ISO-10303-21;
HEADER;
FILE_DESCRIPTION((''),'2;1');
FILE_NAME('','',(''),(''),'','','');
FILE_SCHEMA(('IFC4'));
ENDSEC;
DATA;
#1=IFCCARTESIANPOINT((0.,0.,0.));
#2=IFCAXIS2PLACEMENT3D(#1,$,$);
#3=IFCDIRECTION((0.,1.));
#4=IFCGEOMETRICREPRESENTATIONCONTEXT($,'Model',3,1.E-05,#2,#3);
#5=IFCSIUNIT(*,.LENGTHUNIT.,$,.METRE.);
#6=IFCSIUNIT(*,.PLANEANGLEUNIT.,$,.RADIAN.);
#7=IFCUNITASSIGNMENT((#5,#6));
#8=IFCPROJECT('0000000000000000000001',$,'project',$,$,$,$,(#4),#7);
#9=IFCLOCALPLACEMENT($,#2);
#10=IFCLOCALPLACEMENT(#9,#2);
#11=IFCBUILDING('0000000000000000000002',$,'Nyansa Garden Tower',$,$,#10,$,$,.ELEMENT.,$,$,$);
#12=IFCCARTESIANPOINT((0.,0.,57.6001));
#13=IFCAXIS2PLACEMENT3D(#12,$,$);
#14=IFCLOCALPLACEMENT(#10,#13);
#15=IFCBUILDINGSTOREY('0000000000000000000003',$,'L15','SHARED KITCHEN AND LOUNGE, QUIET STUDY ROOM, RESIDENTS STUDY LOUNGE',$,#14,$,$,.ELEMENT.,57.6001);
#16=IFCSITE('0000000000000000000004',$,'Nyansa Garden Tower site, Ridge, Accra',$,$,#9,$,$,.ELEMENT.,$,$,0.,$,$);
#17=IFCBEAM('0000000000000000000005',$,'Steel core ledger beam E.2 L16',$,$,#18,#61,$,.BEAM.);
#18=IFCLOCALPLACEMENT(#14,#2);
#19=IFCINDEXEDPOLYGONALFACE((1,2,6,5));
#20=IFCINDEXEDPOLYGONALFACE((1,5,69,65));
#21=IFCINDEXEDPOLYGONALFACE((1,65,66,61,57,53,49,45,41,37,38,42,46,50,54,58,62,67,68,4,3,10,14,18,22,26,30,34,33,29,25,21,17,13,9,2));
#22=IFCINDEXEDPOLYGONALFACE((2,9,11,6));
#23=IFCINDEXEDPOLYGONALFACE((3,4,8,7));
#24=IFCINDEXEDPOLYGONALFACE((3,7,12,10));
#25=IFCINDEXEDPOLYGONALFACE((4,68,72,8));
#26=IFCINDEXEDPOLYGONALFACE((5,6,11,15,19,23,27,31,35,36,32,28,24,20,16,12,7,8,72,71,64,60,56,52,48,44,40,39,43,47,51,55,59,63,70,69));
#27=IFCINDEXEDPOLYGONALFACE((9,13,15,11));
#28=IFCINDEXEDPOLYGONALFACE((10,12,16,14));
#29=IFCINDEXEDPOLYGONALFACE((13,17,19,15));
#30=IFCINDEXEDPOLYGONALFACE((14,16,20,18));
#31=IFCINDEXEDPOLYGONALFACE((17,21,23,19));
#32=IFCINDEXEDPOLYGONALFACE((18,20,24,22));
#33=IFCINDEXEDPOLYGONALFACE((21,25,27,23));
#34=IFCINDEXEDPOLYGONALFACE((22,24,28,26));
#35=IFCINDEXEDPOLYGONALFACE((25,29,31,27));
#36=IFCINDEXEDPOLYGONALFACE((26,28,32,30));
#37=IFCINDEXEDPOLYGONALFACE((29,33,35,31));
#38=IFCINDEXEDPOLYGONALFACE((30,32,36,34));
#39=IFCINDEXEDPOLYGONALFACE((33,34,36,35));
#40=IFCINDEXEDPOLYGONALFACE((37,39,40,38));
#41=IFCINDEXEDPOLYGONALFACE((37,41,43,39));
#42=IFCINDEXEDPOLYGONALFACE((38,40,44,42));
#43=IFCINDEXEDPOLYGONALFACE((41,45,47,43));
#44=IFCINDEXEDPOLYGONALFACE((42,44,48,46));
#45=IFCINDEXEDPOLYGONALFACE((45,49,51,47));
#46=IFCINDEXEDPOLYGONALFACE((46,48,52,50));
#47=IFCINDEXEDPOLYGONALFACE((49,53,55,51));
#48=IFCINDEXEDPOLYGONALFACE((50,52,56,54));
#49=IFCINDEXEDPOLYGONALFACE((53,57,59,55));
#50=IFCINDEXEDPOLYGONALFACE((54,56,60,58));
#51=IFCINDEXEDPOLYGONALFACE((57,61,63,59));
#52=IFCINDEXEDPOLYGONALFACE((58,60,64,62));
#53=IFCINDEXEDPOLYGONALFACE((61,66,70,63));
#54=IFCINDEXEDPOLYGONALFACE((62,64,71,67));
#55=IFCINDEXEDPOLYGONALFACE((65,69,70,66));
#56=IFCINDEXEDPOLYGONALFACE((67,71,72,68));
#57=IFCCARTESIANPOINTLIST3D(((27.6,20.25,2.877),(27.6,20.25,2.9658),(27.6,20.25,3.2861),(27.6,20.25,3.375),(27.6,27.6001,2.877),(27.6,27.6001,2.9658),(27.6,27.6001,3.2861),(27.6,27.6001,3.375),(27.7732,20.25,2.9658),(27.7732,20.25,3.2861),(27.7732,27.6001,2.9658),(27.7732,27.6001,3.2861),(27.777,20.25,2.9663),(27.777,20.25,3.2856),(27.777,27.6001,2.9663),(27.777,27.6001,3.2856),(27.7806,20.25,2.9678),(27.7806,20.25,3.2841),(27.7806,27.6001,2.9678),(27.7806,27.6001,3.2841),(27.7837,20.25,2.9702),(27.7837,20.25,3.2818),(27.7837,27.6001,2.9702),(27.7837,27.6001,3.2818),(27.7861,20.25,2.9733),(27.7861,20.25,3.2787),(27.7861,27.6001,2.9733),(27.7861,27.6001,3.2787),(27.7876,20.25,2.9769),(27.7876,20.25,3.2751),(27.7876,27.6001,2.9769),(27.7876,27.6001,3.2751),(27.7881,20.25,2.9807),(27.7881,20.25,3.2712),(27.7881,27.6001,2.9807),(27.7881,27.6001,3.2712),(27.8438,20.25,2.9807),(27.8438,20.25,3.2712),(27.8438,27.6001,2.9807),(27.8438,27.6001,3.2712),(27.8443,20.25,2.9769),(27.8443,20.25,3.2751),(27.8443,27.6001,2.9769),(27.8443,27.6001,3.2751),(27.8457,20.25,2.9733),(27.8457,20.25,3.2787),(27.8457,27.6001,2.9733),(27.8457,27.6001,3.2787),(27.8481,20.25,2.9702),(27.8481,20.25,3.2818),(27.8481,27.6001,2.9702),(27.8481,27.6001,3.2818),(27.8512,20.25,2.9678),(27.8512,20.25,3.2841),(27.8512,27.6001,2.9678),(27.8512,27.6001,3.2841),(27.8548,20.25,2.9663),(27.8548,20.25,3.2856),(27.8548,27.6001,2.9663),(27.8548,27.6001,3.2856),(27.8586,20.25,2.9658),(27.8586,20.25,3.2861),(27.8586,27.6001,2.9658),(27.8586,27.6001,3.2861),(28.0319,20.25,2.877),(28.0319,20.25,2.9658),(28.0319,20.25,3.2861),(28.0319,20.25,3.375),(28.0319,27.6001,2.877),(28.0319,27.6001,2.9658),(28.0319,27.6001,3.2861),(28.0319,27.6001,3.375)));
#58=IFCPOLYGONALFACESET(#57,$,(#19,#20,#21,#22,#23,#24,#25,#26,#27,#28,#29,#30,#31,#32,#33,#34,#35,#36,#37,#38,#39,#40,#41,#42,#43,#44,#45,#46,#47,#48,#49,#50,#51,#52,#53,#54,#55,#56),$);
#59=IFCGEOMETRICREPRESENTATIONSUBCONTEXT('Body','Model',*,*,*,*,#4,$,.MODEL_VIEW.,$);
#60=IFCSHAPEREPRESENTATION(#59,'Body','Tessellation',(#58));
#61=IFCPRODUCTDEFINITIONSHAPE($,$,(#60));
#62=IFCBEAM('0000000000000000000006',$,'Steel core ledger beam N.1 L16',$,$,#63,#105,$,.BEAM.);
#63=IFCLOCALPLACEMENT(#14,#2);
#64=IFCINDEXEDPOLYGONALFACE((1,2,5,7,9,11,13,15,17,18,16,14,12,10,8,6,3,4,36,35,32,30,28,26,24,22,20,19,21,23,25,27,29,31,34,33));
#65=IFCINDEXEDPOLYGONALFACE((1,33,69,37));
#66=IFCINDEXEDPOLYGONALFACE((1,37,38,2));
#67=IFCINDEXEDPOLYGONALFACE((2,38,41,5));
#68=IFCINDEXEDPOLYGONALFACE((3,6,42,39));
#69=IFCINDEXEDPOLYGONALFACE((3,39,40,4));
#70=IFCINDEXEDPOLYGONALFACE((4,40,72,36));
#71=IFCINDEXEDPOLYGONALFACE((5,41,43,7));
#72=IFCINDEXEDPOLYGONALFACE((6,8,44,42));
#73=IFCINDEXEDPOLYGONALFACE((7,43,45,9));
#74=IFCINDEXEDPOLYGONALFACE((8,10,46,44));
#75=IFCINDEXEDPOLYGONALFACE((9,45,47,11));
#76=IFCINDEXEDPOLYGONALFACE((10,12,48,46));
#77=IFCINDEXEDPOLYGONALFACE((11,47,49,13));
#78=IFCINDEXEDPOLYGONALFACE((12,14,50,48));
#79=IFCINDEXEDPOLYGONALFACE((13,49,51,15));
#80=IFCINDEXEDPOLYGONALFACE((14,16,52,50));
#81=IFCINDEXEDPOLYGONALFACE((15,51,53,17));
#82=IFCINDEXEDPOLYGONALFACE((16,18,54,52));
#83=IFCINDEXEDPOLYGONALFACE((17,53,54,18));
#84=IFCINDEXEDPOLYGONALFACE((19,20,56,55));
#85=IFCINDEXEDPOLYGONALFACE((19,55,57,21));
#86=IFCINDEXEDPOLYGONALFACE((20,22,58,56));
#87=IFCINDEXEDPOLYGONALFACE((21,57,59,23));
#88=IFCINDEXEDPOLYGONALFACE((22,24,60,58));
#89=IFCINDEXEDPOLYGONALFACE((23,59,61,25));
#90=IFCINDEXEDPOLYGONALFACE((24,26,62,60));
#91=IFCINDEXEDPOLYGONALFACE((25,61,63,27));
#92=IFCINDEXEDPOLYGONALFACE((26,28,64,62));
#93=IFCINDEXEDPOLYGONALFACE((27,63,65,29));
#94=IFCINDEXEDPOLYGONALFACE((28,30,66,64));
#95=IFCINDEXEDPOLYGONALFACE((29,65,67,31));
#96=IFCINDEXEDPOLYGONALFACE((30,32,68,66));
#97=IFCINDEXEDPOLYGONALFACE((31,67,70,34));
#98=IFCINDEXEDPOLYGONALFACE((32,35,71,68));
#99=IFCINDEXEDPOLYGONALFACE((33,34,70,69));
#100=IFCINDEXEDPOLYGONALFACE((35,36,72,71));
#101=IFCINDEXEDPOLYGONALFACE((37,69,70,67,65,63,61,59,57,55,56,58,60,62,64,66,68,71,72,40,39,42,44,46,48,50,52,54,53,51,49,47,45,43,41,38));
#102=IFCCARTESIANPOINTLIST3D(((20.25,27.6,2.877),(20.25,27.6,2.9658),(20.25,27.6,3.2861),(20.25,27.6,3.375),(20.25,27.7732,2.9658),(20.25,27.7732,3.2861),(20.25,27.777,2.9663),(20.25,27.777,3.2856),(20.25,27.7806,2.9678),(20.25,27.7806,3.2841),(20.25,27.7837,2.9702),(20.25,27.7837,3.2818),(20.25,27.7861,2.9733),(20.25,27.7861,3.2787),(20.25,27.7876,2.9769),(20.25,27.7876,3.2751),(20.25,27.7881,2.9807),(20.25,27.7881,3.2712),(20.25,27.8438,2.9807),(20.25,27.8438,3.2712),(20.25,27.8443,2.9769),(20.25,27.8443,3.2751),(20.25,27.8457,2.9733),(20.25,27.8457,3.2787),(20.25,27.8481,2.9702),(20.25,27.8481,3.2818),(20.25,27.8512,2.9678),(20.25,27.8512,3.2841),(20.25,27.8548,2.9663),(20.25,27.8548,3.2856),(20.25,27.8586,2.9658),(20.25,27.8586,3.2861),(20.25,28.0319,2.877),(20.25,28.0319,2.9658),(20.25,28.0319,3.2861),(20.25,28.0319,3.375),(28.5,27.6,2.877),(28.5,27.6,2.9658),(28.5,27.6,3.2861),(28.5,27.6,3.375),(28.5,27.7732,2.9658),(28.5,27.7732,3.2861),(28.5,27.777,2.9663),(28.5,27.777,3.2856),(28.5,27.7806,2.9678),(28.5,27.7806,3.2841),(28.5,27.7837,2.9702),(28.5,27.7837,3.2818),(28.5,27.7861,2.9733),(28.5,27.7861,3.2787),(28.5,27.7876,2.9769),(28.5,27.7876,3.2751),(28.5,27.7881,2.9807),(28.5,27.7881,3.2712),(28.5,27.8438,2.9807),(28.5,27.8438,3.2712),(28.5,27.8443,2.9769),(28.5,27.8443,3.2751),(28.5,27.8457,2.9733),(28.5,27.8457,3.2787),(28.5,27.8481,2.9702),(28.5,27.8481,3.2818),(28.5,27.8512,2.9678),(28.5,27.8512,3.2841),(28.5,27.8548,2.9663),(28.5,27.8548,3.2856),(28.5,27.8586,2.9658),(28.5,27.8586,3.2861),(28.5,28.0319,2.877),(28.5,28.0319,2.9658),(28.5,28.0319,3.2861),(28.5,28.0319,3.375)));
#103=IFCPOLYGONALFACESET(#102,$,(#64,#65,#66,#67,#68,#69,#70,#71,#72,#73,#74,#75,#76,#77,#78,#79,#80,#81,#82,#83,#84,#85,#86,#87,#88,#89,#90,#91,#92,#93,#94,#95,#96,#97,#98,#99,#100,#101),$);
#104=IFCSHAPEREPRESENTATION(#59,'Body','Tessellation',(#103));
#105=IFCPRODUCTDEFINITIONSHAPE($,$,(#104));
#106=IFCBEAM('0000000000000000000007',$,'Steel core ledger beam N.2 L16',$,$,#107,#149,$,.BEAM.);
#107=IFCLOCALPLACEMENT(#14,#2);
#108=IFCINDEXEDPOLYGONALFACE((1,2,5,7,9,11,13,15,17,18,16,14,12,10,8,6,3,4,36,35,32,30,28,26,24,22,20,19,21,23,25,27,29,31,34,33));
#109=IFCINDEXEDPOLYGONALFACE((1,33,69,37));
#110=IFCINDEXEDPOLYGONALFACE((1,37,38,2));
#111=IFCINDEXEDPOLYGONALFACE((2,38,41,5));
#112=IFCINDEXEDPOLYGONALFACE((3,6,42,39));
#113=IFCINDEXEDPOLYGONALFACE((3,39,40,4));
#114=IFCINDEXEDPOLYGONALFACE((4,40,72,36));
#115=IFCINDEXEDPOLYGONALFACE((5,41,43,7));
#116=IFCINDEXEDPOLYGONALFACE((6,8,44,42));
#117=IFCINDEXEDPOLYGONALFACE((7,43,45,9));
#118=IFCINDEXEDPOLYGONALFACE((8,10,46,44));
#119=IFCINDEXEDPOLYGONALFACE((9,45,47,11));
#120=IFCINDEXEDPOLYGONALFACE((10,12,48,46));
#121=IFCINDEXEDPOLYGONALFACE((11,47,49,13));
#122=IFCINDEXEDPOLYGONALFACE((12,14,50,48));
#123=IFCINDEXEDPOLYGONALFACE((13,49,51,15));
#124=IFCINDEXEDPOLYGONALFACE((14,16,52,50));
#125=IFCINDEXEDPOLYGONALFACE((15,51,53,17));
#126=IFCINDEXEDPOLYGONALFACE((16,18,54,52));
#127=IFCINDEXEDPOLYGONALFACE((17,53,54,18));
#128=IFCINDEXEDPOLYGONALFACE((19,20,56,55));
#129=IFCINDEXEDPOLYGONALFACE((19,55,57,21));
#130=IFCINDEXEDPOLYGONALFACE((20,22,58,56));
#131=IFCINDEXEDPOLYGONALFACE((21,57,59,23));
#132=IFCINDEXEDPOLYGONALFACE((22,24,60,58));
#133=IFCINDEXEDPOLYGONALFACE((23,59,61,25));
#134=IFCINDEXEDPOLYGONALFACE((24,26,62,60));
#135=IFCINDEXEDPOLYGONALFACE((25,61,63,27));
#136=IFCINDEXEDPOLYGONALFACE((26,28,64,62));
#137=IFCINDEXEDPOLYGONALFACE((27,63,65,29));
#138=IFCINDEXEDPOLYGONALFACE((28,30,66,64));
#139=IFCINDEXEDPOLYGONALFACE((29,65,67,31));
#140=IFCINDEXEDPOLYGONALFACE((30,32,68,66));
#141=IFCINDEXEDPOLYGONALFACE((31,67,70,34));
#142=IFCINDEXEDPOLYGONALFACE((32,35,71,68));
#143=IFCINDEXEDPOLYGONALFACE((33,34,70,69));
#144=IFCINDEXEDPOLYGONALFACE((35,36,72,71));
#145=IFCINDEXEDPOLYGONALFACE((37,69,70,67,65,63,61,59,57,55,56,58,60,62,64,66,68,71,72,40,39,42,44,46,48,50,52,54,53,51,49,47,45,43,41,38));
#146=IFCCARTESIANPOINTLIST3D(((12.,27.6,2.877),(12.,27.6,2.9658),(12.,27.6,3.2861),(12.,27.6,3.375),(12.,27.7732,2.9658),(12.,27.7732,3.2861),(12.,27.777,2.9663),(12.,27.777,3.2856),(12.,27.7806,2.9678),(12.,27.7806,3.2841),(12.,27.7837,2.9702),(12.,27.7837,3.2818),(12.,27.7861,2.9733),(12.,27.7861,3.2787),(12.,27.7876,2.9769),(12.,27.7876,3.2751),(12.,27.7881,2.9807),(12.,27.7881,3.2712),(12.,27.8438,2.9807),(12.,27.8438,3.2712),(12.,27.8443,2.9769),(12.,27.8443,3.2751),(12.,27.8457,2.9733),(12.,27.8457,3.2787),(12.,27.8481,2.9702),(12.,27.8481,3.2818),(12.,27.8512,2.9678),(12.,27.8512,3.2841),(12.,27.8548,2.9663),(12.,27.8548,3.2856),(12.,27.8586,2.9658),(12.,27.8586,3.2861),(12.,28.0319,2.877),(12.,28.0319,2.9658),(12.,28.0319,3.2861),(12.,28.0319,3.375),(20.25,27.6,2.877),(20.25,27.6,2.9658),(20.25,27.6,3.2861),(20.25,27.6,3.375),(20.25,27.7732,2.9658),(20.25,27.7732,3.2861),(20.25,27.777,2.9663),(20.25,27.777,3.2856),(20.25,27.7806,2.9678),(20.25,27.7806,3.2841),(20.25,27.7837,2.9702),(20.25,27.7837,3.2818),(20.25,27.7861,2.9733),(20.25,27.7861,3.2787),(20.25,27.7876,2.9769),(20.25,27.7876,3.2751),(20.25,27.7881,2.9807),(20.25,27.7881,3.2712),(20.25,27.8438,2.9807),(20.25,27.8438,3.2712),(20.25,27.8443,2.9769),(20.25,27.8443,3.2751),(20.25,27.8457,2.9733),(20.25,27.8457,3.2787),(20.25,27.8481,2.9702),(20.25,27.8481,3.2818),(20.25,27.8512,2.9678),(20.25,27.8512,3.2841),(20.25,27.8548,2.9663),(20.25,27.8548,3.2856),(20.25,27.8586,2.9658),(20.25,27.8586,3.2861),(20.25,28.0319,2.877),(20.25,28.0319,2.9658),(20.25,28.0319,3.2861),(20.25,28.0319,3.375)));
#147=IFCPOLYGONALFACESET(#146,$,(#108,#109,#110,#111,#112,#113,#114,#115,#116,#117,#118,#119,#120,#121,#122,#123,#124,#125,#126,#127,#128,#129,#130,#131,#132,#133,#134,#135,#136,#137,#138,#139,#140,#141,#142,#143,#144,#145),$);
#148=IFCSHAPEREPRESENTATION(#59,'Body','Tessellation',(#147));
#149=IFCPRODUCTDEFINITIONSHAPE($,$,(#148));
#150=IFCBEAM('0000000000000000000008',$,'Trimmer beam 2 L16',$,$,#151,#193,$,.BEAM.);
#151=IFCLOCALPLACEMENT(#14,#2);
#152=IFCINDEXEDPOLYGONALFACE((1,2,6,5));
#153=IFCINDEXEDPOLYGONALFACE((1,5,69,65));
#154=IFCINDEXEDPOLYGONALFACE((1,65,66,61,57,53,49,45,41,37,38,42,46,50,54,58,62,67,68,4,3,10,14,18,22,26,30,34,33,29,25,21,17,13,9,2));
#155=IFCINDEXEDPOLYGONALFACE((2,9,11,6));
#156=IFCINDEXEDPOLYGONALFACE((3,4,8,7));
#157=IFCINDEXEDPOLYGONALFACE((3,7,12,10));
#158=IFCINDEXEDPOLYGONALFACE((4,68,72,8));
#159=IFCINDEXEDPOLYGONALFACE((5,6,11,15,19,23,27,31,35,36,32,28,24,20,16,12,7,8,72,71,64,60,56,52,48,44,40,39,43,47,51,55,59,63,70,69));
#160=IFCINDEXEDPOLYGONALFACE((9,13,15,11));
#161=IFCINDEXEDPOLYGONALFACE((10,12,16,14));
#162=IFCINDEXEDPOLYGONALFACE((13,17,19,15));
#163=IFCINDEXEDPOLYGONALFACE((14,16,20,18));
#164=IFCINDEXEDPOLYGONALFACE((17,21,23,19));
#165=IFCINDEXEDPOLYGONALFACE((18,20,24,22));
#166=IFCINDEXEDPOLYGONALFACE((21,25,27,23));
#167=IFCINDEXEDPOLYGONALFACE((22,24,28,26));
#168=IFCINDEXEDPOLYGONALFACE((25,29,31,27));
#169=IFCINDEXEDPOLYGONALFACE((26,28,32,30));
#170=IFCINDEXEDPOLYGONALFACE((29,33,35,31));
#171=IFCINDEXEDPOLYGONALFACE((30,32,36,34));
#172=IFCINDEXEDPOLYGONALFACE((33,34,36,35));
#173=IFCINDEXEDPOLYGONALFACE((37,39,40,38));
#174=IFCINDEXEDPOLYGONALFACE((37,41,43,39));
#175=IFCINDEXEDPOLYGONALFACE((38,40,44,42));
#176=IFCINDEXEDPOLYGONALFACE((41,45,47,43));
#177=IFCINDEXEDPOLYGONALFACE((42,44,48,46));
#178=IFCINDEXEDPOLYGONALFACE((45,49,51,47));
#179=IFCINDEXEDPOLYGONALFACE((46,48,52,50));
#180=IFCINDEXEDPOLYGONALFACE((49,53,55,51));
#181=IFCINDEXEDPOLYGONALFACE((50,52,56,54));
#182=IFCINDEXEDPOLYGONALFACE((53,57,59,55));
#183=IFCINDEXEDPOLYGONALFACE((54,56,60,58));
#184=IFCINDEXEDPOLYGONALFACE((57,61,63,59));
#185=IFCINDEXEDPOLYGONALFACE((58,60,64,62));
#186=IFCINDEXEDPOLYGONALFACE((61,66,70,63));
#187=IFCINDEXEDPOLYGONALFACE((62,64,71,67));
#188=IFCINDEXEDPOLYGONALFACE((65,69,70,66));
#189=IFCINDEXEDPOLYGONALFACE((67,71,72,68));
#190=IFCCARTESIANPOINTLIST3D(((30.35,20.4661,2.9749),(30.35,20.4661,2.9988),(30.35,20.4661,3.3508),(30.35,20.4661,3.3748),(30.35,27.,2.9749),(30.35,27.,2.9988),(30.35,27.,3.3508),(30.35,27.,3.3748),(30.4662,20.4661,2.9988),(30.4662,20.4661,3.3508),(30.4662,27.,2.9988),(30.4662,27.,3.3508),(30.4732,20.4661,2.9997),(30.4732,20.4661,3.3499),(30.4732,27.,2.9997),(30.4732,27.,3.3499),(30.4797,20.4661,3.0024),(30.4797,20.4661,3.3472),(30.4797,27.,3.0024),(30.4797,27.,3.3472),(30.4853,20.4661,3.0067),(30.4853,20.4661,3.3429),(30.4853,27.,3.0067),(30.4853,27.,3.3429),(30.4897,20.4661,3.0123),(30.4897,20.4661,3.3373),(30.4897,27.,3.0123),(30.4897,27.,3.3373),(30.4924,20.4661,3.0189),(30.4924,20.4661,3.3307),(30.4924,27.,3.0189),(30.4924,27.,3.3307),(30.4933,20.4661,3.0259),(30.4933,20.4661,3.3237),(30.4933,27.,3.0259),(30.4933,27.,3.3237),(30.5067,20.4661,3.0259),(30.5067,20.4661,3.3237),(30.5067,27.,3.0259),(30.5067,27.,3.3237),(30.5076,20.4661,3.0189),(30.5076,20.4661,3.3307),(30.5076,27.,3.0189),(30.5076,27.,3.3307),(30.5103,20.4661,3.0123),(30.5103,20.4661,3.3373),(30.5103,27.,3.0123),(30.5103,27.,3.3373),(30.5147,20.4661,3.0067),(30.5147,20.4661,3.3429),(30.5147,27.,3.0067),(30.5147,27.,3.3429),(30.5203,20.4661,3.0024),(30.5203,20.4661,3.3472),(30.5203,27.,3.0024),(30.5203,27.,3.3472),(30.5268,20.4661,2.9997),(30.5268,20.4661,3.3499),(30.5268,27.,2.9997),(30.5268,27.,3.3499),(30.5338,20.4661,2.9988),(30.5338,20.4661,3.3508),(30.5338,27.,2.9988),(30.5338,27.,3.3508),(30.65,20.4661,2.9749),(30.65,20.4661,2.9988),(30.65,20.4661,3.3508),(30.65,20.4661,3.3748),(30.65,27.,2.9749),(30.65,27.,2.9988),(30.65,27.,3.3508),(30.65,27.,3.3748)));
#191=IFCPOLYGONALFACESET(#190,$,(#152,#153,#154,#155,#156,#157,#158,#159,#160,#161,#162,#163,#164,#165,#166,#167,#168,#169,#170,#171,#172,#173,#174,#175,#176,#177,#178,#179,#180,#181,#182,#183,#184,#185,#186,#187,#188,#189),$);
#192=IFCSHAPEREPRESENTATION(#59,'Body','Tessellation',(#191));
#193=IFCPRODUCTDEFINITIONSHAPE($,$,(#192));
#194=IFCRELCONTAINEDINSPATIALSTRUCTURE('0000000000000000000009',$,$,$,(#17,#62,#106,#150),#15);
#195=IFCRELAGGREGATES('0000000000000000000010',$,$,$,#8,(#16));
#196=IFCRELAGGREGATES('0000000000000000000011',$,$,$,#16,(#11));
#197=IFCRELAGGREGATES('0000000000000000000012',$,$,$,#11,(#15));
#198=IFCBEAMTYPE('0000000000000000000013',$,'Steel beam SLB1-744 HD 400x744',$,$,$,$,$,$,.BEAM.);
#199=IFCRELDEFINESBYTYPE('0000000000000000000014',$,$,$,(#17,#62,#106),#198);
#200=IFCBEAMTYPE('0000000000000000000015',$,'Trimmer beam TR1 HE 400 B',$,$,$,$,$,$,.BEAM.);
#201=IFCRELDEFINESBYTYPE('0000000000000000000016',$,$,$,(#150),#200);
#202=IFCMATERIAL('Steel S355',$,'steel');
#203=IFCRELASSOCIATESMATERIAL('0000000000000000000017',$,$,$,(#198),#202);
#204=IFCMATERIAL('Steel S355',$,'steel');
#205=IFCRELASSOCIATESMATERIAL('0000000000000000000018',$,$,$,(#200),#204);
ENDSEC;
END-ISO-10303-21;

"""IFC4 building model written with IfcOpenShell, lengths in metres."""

from ifc_helpers import new_model, si_unit, direction, frame, origin, origin_2d, place, context, subcontext, project, spatial, i_section, extrude, material, material_profile, profile_set, type_object, element, save


model = new_model("IFC4")

# Units and contexts
model_context = context("Model", 3, precision=1e-05, world=origin(), true_north=direction((0.0, 1.0)))
body_context = subcontext(model_context, "Body", "Model", "MODEL_VIEW")
ifc_project = project(units=[si_unit("LENGTHUNIT", "METRE"), si_unit("PLANEANGLEUNIT", "RADIAN")], contexts=[model_context])

# Site, building, storey
site_placement = place(None, origin())
site = spatial("IfcSite", under=ifc_project, at=site_placement, Name="Nyansa Garden Tower site, Ridge, Accra", CompositionType="ELEMENT", RefElevation=0.0)
building_placement = place(site_placement, origin())
building = spatial("IfcBuilding", under=site, at=building_placement, Name="Nyansa Garden Tower", CompositionType="ELEMENT")
storey_placement = place(building_placement, frame((0.0, 0.0, 57.6001)))
storey = spatial("IfcBuildingStorey", under=building, at=storey_placement, Name="L15", Description="SHARED KITCHEN AND LOUNGE, QUIET STUDY ROOM, RESIDENTS STUDY LOUNGE", CompositionType="ELEMENT", Elevation=57.6001)

# Beams
ifc_material_1 = material(Name="Steel S355", Category="steel")
ifc_material_profile_1 = material_profile(ifc_material_1, i_section(OverallWidth=0.4319, OverallDepth=0.498, WebThickness=0.0557, FlangeThickness=0.0889, FilletRadius=0.0149, at=origin_2d()), Name="HD 400x744")
ifc_profile_set_1 = profile_set([ifc_material_profile_1], Name="Steel S355")
beam_type_1 = type_object("IfcBeamType", Name="Steel beam SLB1-744 HD 400x744", PredefinedType="BEAM", material=ifc_profile_set_1)
beam_1_placement = place(storey_placement, frame((27.8159, 20.25, 3.126), z_axis=(0.0, 1.0, 0.0), x_axis=(-1.0, 0.0, 0.0)))
element("IfcBeam", 1, at=beam_1_placement, inside=storey, type_object=beam_type_1, Name="Steel core ledger beam E.2 L16", PredefinedType="BEAM", context=body_context, shape_type="SweptSolid", body=[
    extrude(i_section(OverallWidth=0.4319, OverallDepth=0.498, WebThickness=0.0557, FlangeThickness=0.0889, FilletRadius=0.0149, at=origin_2d()), origin(), (0.0, 0.0, 1.0), 7.3501),
])
for number, where, z_axis, x_axis, name in (
    (2, (28.5, 27.8159, 3.126), (-1.0, 0.0, 0.0), (0.0, -1.0, 0.0), "Steel core ledger beam N.1 L16"),
    (3, (20.25, 27.8159, 3.126), (-1.0, 0.0, 0.0), (0.0, -1.0, 0.0), "Steel core ledger beam N.2 L16"),
):
    element("IfcBeam", number, at=place(storey_placement, frame(where, z_axis=z_axis, x_axis=x_axis)), inside=storey, type_object=beam_type_1, Name=name, PredefinedType="BEAM", context=body_context, shape_type="SweptSolid", body=[
        extrude(i_section(OverallWidth=0.4319, OverallDepth=0.498, WebThickness=0.0557, FlangeThickness=0.0889, FilletRadius=0.0149, at=origin_2d()), origin(), (0.0, 0.0, 1.0), 8.25),
    ])
ifc_material_2 = material(Name="Steel S355", Category="steel")
ifc_material_profile_2 = material_profile(ifc_material_2, i_section(OverallWidth=0.3, OverallDepth=0.3999, WebThickness=0.0134, FlangeThickness=0.0239, FilletRadius=0.0271, at=origin_2d()), Name="HE 400 B")
ifc_profile_set_2 = profile_set([ifc_material_profile_2], Name="Steel S355")
beam_type_2 = type_object("IfcBeamType", Name="Trimmer beam TR1 HE 400 B", PredefinedType="BEAM", material=ifc_profile_set_2)
beam_2_placement = place(storey_placement, frame((30.5, 20.4661, 3.1748), z_axis=(0.0, 1.0, 0.0), x_axis=(-1.0, 0.0, 0.0)))
element("IfcBeam", 4, at=beam_2_placement, inside=storey, type_object=beam_type_2, Name="Trimmer beam 2 L16", PredefinedType="BEAM", context=body_context, shape_type="SweptSolid", body=[
    extrude(i_section(OverallWidth=0.3, OverallDepth=0.3999, WebThickness=0.0134, FlangeThickness=0.0239, FilletRadius=0.0271, at=origin_2d()), origin(), (0.0, 0.0, 1.0), 6.5339),
])

save(model, "model.ifc")
